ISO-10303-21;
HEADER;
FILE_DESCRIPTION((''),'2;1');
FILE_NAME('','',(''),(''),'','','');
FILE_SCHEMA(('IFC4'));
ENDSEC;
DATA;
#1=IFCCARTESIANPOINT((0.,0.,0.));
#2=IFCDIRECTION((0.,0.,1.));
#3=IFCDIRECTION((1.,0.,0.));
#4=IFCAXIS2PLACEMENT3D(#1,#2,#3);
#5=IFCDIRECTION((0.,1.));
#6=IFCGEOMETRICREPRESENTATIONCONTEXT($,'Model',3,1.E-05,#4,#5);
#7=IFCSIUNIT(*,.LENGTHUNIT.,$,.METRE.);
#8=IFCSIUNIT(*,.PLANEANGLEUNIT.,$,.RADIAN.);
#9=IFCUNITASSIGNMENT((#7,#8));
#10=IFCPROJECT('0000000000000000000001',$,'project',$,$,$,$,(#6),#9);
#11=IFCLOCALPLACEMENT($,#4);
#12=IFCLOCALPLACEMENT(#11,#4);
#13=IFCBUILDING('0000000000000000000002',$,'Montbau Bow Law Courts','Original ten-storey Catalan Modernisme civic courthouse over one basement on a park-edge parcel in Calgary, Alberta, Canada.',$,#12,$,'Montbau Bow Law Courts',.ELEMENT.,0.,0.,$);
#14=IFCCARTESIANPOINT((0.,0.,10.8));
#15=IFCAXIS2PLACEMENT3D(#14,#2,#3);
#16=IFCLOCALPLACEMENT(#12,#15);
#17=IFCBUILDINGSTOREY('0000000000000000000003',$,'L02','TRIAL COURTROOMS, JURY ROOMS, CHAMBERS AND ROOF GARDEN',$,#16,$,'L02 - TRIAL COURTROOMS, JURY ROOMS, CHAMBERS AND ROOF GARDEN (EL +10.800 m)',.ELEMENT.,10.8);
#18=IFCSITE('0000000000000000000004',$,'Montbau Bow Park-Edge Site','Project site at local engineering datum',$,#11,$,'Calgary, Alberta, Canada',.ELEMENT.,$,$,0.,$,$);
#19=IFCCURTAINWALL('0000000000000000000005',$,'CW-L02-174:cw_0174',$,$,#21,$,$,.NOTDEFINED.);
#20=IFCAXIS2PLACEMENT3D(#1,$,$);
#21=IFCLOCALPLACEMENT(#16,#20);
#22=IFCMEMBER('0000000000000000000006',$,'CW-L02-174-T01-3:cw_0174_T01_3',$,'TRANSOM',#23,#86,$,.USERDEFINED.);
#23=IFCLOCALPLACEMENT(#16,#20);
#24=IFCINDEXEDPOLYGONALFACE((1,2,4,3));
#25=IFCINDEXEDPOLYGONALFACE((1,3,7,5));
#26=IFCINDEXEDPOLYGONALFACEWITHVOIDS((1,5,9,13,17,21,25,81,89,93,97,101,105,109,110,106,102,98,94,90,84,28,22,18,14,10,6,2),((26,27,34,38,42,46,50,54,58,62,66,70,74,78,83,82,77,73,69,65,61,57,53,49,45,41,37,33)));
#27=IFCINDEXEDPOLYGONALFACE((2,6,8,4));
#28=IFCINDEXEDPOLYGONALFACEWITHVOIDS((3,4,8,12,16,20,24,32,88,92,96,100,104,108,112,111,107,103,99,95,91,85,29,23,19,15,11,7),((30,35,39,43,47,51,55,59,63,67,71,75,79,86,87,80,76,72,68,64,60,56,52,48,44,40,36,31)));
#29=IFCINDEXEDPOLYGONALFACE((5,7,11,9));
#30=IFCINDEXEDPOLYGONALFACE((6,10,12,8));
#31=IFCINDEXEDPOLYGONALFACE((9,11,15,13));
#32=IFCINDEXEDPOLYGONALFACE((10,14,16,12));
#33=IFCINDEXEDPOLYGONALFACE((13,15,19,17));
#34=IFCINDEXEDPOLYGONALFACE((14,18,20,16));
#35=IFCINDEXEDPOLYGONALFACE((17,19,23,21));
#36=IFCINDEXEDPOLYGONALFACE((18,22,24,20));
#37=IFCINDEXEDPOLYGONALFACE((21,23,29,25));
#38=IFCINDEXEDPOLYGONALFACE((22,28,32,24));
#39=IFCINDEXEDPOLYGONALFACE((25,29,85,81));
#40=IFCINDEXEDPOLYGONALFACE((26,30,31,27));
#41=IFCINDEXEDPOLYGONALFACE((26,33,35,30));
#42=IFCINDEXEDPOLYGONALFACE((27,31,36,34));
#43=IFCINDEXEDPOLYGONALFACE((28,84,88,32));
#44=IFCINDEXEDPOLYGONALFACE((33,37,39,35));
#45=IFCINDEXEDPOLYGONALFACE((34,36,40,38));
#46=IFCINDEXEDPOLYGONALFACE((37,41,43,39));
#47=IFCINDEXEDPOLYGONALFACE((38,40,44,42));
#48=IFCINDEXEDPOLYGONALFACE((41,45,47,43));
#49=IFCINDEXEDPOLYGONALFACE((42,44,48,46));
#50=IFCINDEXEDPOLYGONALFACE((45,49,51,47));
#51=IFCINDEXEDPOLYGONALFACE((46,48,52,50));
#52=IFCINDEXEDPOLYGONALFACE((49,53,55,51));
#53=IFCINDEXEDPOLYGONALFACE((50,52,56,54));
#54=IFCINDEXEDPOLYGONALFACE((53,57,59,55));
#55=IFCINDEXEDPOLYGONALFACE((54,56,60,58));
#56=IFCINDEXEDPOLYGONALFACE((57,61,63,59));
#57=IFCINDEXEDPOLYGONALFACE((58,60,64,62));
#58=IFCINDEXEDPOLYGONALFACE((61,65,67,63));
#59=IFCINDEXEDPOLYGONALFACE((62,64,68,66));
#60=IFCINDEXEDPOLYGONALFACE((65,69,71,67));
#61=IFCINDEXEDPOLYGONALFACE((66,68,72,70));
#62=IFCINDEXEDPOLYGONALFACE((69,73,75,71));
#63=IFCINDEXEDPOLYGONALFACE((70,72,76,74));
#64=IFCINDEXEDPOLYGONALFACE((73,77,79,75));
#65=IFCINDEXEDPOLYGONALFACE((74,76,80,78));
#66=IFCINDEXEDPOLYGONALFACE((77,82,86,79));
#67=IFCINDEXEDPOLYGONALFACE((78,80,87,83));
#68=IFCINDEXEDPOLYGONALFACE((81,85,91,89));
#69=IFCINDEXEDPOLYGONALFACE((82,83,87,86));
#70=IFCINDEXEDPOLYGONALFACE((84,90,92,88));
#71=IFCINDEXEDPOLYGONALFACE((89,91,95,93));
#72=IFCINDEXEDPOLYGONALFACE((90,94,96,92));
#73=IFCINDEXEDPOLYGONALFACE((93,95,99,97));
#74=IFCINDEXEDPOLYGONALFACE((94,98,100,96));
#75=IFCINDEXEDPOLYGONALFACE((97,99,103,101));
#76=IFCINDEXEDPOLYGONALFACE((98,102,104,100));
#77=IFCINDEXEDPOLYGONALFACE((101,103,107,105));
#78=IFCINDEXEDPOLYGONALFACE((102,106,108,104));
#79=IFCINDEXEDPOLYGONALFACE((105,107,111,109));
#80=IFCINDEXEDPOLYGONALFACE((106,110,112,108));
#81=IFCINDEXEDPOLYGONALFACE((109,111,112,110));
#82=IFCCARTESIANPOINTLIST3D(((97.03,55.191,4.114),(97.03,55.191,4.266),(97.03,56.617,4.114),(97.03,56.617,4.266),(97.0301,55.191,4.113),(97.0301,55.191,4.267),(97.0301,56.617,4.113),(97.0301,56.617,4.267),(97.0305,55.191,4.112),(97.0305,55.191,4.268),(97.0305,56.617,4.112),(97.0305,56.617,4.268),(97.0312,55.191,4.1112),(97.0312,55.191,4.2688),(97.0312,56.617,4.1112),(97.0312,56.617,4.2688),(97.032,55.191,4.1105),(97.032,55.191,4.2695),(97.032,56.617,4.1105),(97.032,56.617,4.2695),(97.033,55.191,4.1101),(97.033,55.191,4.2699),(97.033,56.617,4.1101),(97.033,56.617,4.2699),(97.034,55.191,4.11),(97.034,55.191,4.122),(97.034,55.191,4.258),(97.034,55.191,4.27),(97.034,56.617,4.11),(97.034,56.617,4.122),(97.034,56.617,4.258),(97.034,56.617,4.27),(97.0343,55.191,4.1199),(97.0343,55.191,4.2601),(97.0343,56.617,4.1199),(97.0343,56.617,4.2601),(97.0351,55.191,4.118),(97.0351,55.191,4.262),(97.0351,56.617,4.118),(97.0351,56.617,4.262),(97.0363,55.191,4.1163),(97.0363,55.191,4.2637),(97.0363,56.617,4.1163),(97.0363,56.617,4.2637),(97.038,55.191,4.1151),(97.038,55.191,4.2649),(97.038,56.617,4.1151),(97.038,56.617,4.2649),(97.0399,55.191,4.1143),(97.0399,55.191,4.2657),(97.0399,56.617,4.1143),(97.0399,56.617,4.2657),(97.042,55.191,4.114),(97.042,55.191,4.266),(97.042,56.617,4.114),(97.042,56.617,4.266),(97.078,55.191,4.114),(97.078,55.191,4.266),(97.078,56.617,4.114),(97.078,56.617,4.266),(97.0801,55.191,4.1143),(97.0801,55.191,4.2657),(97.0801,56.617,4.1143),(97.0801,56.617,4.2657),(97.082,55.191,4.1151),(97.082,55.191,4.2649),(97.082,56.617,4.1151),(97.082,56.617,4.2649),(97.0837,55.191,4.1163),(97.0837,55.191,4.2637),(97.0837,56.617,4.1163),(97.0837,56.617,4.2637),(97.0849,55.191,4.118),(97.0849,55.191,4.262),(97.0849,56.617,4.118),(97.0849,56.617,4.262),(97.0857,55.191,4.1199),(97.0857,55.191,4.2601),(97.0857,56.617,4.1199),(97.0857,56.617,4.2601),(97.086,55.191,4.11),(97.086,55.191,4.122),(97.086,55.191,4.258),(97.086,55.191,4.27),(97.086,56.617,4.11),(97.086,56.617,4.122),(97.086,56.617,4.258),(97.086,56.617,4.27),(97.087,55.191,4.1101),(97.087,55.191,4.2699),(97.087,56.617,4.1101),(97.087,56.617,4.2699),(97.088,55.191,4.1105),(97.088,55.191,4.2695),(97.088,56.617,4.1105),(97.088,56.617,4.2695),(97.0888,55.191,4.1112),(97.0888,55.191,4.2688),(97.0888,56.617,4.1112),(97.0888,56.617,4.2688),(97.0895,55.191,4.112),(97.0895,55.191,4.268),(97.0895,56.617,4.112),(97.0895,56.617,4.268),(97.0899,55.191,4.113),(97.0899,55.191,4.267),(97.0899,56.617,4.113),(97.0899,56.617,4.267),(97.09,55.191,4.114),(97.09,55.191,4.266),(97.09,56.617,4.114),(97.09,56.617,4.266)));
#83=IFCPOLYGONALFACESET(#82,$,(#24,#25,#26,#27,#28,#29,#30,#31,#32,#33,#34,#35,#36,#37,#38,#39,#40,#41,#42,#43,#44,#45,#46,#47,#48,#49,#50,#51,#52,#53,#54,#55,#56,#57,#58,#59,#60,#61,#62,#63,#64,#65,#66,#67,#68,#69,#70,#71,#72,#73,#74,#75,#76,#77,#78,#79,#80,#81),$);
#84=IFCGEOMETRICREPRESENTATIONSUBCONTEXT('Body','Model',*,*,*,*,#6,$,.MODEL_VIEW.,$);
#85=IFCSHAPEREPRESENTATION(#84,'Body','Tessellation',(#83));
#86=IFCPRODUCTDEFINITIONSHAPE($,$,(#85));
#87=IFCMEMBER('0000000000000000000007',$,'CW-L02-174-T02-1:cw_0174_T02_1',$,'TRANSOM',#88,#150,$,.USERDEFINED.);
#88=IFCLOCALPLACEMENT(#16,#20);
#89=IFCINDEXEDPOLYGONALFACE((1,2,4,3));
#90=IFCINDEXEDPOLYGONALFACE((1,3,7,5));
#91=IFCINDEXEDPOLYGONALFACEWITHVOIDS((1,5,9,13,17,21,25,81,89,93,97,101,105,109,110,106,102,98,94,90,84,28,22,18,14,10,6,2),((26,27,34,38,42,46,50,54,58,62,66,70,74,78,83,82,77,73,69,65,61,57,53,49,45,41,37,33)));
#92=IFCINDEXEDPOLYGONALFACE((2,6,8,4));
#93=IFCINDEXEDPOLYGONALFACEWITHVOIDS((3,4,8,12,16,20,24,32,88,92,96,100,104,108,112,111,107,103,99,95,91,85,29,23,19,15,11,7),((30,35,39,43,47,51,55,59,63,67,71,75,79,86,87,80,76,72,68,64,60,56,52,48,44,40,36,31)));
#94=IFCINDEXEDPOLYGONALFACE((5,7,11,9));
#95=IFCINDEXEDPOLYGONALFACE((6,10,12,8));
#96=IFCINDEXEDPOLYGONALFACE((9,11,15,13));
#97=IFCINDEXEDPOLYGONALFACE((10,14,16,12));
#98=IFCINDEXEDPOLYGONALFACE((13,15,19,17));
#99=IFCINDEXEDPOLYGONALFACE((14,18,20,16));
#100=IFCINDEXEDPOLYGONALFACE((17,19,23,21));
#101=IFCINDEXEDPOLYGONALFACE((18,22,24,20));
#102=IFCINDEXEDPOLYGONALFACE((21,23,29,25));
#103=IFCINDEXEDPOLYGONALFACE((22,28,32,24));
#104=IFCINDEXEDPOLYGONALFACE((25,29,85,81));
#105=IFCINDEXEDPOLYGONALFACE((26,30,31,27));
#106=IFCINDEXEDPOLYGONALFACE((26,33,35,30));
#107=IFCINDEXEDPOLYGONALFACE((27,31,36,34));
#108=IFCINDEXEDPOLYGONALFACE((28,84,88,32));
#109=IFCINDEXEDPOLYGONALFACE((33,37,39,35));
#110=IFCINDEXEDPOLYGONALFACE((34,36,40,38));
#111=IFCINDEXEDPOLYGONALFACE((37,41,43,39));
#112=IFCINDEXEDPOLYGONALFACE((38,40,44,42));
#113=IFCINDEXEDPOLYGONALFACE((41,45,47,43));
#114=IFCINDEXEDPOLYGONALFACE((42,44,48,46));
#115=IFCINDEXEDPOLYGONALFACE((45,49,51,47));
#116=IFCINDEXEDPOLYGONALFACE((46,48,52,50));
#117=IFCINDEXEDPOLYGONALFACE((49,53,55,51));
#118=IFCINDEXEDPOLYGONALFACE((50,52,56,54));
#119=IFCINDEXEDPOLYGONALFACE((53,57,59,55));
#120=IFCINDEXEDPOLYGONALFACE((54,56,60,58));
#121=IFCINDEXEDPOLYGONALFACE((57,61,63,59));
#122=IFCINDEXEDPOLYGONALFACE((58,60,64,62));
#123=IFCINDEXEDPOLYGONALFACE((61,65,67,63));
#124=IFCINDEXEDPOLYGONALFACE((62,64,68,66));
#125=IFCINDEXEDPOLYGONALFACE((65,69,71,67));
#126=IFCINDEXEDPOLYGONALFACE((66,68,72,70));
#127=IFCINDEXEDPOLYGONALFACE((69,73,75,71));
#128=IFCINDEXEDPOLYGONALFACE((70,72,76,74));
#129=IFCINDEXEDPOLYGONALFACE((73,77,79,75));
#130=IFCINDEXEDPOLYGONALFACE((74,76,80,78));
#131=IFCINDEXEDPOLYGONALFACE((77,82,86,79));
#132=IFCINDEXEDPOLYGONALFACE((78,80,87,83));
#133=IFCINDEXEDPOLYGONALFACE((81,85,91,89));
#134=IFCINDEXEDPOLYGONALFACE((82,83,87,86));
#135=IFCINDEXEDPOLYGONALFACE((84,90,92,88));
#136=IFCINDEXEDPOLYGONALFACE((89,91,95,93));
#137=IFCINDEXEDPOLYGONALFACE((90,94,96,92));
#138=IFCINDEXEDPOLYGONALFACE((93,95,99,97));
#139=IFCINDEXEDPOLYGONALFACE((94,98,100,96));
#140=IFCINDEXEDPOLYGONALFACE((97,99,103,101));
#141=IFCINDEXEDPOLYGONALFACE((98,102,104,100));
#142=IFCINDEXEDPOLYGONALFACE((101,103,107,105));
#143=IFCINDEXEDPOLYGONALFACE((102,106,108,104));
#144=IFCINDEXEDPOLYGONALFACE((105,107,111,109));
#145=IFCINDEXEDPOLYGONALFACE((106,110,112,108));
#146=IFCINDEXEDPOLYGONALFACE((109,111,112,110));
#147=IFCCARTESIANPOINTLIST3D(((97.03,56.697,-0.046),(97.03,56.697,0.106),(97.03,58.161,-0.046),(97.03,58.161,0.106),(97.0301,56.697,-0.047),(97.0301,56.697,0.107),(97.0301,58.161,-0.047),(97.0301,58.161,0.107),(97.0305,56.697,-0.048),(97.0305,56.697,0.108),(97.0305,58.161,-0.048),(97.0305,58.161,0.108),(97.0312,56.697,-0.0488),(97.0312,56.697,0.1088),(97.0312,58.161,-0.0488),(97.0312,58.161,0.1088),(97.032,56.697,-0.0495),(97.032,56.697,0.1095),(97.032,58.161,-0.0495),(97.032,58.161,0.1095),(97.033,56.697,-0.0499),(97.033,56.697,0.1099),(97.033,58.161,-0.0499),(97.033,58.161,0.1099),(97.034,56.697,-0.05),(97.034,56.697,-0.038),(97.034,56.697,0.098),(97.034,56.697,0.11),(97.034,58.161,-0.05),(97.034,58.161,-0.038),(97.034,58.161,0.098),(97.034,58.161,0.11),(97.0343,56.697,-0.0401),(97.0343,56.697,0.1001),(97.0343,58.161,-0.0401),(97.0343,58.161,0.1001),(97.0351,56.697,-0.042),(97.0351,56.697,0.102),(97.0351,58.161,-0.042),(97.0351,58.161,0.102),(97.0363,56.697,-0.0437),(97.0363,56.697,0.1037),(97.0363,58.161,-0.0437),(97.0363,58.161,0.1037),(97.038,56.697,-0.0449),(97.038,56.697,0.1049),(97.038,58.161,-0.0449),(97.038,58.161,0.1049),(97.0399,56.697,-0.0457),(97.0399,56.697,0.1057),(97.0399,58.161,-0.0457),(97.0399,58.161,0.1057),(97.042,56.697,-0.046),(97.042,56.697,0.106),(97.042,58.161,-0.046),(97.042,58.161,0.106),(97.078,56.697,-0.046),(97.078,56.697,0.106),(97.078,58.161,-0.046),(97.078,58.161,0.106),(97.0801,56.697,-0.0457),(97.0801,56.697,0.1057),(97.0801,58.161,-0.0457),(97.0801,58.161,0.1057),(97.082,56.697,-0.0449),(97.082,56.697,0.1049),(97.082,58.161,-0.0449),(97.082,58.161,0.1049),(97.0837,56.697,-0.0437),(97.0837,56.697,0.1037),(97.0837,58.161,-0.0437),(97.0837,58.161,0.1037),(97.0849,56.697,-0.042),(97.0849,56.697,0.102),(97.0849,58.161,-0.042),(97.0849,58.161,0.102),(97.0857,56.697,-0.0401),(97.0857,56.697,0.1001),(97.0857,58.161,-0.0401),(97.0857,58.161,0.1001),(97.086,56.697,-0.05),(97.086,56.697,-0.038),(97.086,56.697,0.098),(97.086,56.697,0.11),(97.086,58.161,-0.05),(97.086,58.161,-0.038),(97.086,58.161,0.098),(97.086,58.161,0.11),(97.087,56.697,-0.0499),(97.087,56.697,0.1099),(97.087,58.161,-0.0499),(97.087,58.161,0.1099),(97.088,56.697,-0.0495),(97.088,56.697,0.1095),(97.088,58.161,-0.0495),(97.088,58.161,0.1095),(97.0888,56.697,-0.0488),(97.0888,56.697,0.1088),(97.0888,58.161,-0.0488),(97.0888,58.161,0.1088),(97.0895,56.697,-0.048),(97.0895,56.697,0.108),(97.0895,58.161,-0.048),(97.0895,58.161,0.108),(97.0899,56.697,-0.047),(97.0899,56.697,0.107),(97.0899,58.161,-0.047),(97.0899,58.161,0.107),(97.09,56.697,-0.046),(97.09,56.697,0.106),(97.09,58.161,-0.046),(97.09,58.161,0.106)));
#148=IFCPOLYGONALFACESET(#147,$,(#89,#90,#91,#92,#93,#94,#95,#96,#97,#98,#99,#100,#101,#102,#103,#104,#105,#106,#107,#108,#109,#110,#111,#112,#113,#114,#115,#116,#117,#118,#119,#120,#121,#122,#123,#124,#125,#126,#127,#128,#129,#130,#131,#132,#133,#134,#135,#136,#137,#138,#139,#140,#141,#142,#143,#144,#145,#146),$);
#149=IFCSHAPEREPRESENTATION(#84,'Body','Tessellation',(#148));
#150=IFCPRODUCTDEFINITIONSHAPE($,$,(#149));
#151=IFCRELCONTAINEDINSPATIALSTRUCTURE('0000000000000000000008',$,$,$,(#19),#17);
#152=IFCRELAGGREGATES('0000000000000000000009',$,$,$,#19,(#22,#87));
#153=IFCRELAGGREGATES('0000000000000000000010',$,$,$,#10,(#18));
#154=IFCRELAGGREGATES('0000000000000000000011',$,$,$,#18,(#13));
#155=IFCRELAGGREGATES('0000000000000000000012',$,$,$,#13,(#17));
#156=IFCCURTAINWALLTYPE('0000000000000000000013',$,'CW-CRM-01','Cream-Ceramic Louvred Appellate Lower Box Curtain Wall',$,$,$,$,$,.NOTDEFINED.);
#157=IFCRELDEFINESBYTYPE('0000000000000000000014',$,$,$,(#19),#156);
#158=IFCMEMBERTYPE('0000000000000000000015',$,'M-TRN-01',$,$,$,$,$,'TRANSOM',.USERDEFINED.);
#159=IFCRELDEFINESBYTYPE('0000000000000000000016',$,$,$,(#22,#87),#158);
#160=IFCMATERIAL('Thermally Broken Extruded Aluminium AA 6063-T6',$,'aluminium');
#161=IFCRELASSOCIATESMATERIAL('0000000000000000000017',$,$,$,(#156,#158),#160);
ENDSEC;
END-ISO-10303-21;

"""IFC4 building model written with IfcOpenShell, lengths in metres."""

from ifc_helpers import new_model, si_unit, direction, frame, origin_with_axes, origin_2d_with_axis, place, context, subcontext, project, spatial, hollow_rectangle, extrude, material, material_profile, profile_set, type_object, element, aggregate, save


model = new_model("IFC4")

# Units and contexts
model_context = context("Model", 3, precision=1e-05, world=origin_with_axes(), true_north=direction((0.0, 1.0)))
body_context = subcontext(model_context, "Body", "Model", "MODEL_VIEW")
ifc_project = project(units=[si_unit("LENGTHUNIT", "METRE"), si_unit("PLANEANGLEUNIT", "RADIAN")], contexts=[model_context])

# Site, building, storey
site_placement = place(None, origin_with_axes())
site = spatial("IfcSite", under=ifc_project, at=site_placement, Name="Montbau Bow Park-Edge Site", Description="Project site at local engineering datum", LongName="Calgary, Alberta, Canada", CompositionType="ELEMENT", RefElevation=0.0)
building_placement = place(site_placement, origin_with_axes())
building = spatial("IfcBuilding", under=site, at=building_placement, Name="Montbau Bow Law Courts", Description="Original ten-storey Catalan Modernisme civic courthouse over one basement on a park-edge parcel in Calgary, Alberta, Canada.", LongName="Montbau Bow Law Courts", CompositionType="ELEMENT", ElevationOfRefHeight=0.0, ElevationOfTerrain=0.0)
storey_placement = place(building_placement, frame((0.0, 0.0, 10.8), z_axis=(0.0, 0.0, 1.0), x_axis=(1.0, 0.0, 0.0)))
storey = spatial("IfcBuildingStorey", under=building, at=storey_placement, Name="L02", Description="TRIAL COURTROOMS, JURY ROOMS, CHAMBERS AND ROOF GARDEN", LongName="L02 - TRIAL COURTROOMS, JURY ROOMS, CHAMBERS AND ROOF GARDEN (EL +10.800 m)", CompositionType="ELEMENT", Elevation=10.8)

# Curtain wall, members
ifc_material_1 = material(Name="Thermally Broken Extruded Aluminium AA 6063-T6", Category="aluminium")
curtain_wall_type = type_object("IfcCurtainWallType", Name="CW-CRM-01", Description="Cream-Ceramic Louvred Appellate Lower Box Curtain Wall", PredefinedType="NOTDEFINED", material=ifc_material_1)
curtain_wall_placement = place(None, frame((97.06, 55.115, 10.8), z_axis=(0.0, 0.0, 1.0), x_axis=(1.0, 0.0, 0.0)))
curtain_wall = element("IfcCurtainWall", 1, at=curtain_wall_placement, inside=storey, type_object=curtain_wall_type, Name="CW-L02-174:cw_0174", PredefinedType="NOTDEFINED")
ifc_material_profile_1 = material_profile(ifc_material_1, hollow_rectangle(XDim=0.06, YDim=0.16, WallThickness=0.004, InnerFilletRadius=0.008, OuterFilletRadius=0.004, at=origin_2d_with_axis()), Name="CWT-160X60", Category="Main", Priority=0)
ifc_profile_set_1 = profile_set([ifc_material_profile_1], Name="Thermally Broken Extruded Aluminium AA 6063-T6")
member_type_1 = type_object("IfcMemberType", Name="M-TRN-01", ElementType="TRANSOM", PredefinedType="USERDEFINED", material=ifc_profile_set_1)
member_1_placement = place(None, frame((97.06, 55.191, 14.99), z_axis=(0.0, 1.0, 0.0), x_axis=(-1.0, 0.0, 0.0)))
member_1 = element("IfcMember", 2, at=member_1_placement, type_object=member_type_1, Name="CW-L02-174-T01-3:cw_0174_T01_3", ObjectType="TRANSOM", PredefinedType="USERDEFINED", context=body_context, shape_type="SweptSolid", body=[
    extrude(hollow_rectangle(XDim=0.06, YDim=0.16, WallThickness=0.004, InnerFilletRadius=0.008, OuterFilletRadius=0.004, at=origin_2d_with_axis()), origin_with_axes(), (0.0, 0.0, 1.0), 1.426),
])
member_2_placement = place(None, frame((97.06, 56.697, 10.83), z_axis=(0.0, 1.0, 0.0), x_axis=(-1.0, 0.0, 0.0)))
member_2 = element("IfcMember", 3, at=member_2_placement, type_object=member_type_1, Name="CW-L02-174-T02-1:cw_0174_T02_1", ObjectType="TRANSOM", PredefinedType="USERDEFINED", context=body_context, shape_type="SweptSolid", body=[
    extrude(hollow_rectangle(XDim=0.06, YDim=0.16, WallThickness=0.004, InnerFilletRadius=0.008, OuterFilletRadius=0.004, at=origin_2d_with_axis()), origin_with_axes(), (0.0, 0.0, 1.0), 1.464),
])
aggregate(curtain_wall, [member_1, member_2])

save(model, "model.ifc")
